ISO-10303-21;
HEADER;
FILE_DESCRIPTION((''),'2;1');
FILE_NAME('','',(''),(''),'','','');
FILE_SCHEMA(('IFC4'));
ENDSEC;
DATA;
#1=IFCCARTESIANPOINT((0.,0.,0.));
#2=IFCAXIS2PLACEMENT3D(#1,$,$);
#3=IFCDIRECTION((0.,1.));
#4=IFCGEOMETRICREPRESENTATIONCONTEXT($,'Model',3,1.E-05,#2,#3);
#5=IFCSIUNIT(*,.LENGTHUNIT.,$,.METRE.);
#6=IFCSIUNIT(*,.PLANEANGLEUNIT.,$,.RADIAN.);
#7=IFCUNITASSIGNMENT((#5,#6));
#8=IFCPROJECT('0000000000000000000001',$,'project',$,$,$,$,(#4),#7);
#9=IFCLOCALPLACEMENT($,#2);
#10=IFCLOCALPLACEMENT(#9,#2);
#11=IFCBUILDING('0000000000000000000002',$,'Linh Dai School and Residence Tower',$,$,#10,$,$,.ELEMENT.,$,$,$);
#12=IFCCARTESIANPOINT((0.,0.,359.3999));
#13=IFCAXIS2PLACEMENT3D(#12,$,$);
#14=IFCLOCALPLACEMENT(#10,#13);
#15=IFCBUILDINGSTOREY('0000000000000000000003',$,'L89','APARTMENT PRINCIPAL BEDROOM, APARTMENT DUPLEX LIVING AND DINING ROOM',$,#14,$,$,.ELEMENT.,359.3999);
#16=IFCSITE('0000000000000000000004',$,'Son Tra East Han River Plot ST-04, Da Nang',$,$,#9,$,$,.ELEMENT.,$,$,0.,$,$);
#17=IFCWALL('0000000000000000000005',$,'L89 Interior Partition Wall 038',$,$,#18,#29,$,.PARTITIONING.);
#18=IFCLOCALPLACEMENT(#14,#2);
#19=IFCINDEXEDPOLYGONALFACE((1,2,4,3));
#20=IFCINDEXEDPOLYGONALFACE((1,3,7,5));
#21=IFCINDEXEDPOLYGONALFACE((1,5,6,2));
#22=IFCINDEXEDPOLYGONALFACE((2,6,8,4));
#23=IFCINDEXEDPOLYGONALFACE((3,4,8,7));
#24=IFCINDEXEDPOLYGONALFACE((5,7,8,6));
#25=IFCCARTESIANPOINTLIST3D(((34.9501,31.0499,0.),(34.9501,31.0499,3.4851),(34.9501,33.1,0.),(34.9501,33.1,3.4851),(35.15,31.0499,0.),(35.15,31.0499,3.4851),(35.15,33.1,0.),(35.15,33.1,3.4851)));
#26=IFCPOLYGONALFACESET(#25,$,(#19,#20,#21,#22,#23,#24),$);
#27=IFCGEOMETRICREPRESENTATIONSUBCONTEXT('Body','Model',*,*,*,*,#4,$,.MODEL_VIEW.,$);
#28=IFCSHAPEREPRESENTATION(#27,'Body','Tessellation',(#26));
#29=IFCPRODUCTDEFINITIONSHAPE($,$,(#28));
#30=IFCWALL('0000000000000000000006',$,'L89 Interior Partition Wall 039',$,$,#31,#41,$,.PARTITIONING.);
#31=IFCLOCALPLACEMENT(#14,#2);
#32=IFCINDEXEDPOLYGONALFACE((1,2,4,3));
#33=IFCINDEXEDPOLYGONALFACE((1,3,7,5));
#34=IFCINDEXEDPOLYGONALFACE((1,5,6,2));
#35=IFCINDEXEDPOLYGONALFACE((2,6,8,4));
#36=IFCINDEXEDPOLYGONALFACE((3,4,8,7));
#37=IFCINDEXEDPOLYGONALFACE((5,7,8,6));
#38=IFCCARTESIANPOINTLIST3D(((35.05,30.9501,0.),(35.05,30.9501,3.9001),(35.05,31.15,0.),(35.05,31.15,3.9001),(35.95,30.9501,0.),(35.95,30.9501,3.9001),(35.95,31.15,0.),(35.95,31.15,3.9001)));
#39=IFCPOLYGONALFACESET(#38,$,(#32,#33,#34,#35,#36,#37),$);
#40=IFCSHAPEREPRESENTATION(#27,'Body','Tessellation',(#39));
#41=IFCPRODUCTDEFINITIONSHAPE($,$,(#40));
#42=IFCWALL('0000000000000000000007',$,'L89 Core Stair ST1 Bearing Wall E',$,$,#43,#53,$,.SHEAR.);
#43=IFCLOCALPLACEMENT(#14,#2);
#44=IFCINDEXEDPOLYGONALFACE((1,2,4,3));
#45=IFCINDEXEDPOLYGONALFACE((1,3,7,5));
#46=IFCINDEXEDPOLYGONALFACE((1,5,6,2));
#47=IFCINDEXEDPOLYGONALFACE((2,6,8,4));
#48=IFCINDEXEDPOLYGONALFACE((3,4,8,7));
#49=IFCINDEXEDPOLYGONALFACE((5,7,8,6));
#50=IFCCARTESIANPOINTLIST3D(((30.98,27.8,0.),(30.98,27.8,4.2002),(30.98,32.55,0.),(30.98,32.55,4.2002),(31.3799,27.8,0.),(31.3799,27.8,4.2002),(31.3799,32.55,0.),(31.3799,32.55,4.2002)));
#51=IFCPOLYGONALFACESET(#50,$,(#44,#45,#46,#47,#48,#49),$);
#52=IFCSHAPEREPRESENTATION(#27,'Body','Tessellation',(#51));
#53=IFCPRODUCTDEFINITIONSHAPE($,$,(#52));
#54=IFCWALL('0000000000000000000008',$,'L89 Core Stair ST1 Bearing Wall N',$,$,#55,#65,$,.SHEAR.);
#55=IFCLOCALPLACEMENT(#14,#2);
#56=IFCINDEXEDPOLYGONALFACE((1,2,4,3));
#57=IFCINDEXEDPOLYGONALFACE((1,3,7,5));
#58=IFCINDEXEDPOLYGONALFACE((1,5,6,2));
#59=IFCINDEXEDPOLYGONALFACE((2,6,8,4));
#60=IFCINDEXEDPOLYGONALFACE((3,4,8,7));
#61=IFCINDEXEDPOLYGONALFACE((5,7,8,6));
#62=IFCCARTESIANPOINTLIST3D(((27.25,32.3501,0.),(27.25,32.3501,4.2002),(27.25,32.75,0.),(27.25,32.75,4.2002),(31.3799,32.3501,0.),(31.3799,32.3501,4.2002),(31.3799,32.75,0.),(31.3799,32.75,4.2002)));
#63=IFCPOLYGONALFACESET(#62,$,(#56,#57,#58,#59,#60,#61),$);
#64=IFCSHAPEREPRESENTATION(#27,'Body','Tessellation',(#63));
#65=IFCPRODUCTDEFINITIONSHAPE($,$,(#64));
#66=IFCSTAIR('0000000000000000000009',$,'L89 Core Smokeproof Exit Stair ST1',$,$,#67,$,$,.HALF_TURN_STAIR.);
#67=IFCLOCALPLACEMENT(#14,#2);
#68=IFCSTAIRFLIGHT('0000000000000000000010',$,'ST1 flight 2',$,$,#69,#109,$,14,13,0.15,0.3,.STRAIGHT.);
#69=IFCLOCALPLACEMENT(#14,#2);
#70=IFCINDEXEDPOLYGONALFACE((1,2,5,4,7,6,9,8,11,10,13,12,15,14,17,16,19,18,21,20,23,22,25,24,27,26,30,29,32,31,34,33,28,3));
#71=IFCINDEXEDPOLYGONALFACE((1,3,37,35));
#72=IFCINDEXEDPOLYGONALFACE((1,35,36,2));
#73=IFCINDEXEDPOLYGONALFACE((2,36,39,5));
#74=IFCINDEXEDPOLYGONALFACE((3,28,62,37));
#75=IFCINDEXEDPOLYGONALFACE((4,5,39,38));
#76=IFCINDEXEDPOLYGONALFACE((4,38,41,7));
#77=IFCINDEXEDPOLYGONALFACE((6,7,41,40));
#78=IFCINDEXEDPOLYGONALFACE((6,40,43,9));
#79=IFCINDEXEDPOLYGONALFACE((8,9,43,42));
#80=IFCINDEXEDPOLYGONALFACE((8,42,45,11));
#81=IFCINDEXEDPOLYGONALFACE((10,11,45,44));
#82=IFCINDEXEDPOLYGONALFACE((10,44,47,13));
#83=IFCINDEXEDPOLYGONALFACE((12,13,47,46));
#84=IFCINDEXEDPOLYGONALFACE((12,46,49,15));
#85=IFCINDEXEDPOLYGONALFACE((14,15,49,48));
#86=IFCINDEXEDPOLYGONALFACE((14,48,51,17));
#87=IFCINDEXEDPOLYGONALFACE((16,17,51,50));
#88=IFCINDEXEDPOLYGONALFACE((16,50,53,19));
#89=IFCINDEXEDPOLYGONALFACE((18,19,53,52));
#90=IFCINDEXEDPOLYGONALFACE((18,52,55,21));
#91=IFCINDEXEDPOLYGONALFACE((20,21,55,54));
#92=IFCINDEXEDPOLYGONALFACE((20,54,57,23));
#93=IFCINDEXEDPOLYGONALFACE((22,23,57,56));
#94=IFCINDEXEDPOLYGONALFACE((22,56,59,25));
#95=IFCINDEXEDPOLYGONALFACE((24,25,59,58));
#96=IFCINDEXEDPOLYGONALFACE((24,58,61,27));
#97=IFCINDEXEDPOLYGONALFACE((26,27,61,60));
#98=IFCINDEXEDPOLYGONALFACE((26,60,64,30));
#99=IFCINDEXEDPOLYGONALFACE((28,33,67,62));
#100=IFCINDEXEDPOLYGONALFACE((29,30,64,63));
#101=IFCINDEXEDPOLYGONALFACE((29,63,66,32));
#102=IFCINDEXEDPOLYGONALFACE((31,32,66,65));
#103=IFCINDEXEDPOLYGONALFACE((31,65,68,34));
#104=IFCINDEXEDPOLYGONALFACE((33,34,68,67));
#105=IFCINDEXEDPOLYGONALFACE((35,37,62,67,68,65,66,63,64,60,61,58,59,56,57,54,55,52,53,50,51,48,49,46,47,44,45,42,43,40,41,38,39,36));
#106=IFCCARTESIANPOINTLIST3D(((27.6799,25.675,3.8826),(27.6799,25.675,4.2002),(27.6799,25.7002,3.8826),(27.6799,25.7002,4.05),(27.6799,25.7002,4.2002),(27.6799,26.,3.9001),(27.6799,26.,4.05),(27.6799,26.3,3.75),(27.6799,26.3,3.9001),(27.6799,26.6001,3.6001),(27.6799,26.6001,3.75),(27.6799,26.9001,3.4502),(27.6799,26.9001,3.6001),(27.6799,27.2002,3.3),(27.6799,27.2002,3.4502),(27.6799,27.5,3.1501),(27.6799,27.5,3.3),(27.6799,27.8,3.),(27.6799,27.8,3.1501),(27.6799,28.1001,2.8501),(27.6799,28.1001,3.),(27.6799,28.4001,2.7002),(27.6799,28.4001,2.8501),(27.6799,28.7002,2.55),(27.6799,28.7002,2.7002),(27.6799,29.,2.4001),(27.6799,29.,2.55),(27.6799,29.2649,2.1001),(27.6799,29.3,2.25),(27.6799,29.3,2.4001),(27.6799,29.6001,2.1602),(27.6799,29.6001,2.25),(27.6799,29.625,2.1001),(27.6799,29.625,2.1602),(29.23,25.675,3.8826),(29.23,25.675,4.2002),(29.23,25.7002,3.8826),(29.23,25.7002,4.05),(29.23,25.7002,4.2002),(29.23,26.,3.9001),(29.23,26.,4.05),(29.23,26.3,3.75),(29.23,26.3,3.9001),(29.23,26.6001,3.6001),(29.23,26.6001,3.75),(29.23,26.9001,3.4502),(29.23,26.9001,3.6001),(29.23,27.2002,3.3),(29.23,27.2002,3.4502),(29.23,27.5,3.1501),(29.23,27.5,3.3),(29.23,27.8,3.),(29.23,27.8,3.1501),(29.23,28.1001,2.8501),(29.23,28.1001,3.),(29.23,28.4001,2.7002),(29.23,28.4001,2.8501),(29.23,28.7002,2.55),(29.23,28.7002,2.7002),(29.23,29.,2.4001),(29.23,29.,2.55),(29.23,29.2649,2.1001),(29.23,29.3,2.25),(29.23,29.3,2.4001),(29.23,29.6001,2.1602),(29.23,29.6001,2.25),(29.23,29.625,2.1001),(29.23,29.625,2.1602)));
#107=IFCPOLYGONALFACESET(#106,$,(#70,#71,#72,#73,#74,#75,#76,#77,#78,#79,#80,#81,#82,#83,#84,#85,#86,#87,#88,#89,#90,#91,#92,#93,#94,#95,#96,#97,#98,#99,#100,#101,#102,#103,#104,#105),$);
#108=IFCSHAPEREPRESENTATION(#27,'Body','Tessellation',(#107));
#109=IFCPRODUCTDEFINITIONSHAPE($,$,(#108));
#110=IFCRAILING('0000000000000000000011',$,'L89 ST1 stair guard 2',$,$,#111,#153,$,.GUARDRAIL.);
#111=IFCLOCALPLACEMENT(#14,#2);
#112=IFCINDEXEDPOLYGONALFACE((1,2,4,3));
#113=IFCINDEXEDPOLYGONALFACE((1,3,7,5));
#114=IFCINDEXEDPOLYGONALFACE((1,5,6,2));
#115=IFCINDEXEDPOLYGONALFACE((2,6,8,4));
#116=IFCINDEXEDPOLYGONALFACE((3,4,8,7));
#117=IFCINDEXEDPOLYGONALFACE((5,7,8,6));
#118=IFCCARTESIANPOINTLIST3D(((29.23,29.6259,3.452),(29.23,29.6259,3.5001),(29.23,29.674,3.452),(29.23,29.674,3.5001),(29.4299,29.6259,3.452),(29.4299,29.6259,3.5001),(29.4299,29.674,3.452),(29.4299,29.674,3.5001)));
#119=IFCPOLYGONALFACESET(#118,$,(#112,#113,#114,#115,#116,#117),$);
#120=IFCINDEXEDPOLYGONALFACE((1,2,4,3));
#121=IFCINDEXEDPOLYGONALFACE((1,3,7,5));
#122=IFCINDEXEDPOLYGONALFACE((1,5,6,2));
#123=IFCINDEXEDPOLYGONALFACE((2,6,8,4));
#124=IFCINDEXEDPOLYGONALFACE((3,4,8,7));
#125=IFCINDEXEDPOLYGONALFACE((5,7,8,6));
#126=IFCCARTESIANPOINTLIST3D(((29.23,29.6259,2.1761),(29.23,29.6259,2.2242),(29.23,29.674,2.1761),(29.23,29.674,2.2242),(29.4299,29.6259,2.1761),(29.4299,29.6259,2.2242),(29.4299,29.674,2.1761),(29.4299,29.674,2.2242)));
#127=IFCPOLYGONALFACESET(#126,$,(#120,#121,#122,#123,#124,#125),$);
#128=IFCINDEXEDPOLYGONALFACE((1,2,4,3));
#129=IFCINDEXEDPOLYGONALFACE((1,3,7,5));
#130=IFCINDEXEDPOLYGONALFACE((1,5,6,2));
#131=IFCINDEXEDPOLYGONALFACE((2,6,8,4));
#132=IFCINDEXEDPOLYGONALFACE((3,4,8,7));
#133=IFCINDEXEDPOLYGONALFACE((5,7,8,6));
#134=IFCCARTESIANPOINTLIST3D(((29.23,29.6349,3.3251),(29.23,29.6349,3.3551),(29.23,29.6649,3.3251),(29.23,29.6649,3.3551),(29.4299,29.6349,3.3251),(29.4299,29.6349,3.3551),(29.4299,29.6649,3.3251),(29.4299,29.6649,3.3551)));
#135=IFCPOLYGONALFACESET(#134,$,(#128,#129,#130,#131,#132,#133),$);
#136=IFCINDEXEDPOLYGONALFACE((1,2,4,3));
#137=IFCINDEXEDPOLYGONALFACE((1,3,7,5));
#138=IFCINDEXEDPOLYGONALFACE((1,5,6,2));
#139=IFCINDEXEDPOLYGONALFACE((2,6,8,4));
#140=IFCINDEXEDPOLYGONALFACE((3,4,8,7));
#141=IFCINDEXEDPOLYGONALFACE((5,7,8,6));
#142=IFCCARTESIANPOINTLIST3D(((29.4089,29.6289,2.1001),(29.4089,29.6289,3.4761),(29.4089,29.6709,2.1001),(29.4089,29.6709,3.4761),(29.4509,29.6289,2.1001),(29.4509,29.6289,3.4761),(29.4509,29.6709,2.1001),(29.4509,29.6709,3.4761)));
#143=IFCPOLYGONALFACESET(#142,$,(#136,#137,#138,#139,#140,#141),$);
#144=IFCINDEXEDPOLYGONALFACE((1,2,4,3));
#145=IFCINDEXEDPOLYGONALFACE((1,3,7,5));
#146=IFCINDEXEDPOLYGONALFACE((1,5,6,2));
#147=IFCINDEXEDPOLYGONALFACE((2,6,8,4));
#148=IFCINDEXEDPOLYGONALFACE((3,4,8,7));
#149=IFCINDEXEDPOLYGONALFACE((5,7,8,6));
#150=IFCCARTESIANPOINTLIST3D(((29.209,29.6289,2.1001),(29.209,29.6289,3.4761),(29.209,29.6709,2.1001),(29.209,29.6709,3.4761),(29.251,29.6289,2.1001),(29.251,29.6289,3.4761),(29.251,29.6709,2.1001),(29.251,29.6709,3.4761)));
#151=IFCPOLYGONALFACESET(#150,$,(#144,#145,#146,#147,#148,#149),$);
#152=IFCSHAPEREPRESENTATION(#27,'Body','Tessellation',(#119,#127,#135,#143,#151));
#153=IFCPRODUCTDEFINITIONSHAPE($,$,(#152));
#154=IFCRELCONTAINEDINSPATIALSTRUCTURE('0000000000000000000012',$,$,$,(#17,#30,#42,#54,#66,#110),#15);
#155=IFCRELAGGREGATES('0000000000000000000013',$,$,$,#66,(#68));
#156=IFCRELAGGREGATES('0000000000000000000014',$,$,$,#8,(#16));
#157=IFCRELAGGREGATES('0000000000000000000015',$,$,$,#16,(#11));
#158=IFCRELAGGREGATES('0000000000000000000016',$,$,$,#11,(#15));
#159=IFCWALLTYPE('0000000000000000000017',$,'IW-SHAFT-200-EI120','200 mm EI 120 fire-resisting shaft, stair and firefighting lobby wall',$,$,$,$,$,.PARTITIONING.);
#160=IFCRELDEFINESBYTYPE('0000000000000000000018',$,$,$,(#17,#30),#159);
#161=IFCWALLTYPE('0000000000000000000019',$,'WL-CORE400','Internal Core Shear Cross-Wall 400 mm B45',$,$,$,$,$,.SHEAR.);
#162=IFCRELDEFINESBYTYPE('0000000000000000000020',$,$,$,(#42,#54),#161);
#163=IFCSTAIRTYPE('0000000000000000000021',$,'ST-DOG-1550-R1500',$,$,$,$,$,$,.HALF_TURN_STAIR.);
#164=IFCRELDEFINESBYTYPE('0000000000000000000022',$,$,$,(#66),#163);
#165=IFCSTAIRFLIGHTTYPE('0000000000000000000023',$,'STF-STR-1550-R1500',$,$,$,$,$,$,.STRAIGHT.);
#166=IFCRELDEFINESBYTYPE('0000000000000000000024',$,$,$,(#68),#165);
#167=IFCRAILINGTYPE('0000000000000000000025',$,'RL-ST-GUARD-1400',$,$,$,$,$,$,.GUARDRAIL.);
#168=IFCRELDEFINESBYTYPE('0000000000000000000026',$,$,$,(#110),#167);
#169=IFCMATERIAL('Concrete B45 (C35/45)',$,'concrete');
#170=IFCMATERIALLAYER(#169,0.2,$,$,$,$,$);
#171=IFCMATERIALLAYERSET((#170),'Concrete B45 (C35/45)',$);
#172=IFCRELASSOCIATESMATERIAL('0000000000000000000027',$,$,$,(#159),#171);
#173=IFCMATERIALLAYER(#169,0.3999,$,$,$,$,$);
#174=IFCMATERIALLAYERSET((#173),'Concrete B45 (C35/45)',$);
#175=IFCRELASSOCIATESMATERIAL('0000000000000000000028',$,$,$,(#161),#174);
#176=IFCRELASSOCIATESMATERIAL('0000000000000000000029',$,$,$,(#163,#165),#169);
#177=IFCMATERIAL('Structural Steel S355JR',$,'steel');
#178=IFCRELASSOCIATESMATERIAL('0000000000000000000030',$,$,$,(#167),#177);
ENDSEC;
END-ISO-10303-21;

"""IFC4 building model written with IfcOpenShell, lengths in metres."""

from ifc_helpers import new_model, si_unit, direction, frame, frame_2d, origin, origin_2d, place, context, subcontext, project, spatial, polyline, rectangle, outline, extrude, source, transform, mapped, material, layer, layer_set, type_object, element, aggregate, save


model = new_model("IFC4")

# Units and contexts
model_context = context("Model", 3, precision=1e-05, world=origin(), true_north=direction((0.0, 1.0)))
body_context = subcontext(model_context, "Body", "Model", "MODEL_VIEW")
ifc_project = project(units=[si_unit("LENGTHUNIT", "METRE"), si_unit("PLANEANGLEUNIT", "RADIAN")], contexts=[model_context])

# Site, building, storey
site_placement = place(None, origin())
site = spatial("IfcSite", under=ifc_project, at=site_placement, Name="Son Tra East Han River Plot ST-04, Da Nang", CompositionType="ELEMENT", RefElevation=0.0)
building_placement = place(site_placement, origin())
building = spatial("IfcBuilding", under=site, at=building_placement, Name="Linh Dai School and Residence Tower", CompositionType="ELEMENT")
storey_placement = place(building_placement, frame((0.0, 0.0, 359.3999)))
storey = spatial("IfcBuildingStorey", under=building, at=storey_placement, Name="L89", Description="APARTMENT PRINCIPAL BEDROOM, APARTMENT DUPLEX LIVING AND DINING ROOM", CompositionType="ELEMENT", Elevation=359.3999)

# Shared definitions
ifc_material_1 = material(Name="Structural Steel S355JR", Category="steel")

# Shared definitions
ifc_material_2 = material(Name="Concrete B45 (C35/45)", Category="concrete")
ifc_layer_1 = layer(ifc_material_2, 0.2)
ifc_layer_set_1 = layer_set([ifc_layer_1], Name="Concrete B45 (C35/45)")
wall_type_1 = type_object("IfcWallType", Name="IW-SHAFT-200-EI120", Description="200 mm EI 120 fire-resisting shaft, stair and firefighting lobby wall", PredefinedType="PARTITIONING", material=ifc_layer_set_1)

# Walls
wall_1_placement = place(storey_placement, frame((35.05, 31.05, 0.0), z_axis=(0.0, 0.0, 1.0), x_axis=(0.0, 1.0, 0.0)))
element("IfcWall", 1, at=wall_1_placement, inside=storey, type_object=wall_type_1, Name="L89 Interior Partition Wall 038", PredefinedType="PARTITIONING", context=body_context, shape_type="SweptSolid", body=[
    extrude(rectangle(XDim=2.05, YDim=0.2, at=frame_2d((1.0249, 0.0))), origin(), (0.0, 0.0, 1.0), 3.4851),
])
wall_2_placement = place(storey_placement, frame((35.05, 31.05, 0.0), z_axis=(0.0, 0.0, 1.0), x_axis=(1.0, 0.0, 0.0)))
element("IfcWall", 2, at=wall_2_placement, inside=storey, type_object=wall_type_1, Name="L89 Interior Partition Wall 039", PredefinedType="PARTITIONING", context=body_context, shape_type="SweptSolid", body=[
    extrude(rectangle(XDim=0.8999, YDim=0.2, at=frame_2d((0.45, 0.0))), origin(), (0.0, 0.0, 1.0), 3.9001),
])
ifc_layer_2 = layer(ifc_material_2, 0.3999)
ifc_layer_set_2 = layer_set([ifc_layer_2], Name="Concrete B45 (C35/45)")
wall_type_2 = type_object("IfcWallType", Name="WL-CORE400", Description="Internal Core Shear Cross-Wall 400 mm B45", PredefinedType="SHEAR", material=ifc_layer_set_2)
wall_3_placement = place(storey_placement, frame((31.1799, 27.8, 0.0), z_axis=(0.0, 0.0, 1.0), x_axis=(0.0, 1.0, 0.0)))
element("IfcWall", 3, at=wall_3_placement, inside=storey, type_object=wall_type_2, Name="L89 Core Stair ST1 Bearing Wall E", PredefinedType="SHEAR", context=body_context, shape_type="SweptSolid", body=[
    extrude(rectangle(XDim=4.75, YDim=0.3999, at=frame_2d((2.375, 0.0))), origin(), (0.0, 0.0, 1.0), 4.2002),
])
wall_4_placement = place(storey_placement, frame((27.25, 32.55, 0.0), z_axis=(0.0, 0.0, 1.0), x_axis=(1.0, 0.0, 0.0)))
element("IfcWall", 4, at=wall_4_placement, inside=storey, type_object=wall_type_2, Name="L89 Core Stair ST1 Bearing Wall N", PredefinedType="SHEAR", context=body_context, shape_type="SweptSolid", body=[
    extrude(rectangle(XDim=4.1299, YDim=0.3999, at=frame_2d((2.0649, 0.0))), origin(), (0.0, 0.0, 1.0), 4.2002),
])

# Stair, stair flight
stair_type = type_object("IfcStairType", Name="ST-DOG-1550-R1500", PredefinedType="HALF_TURN_STAIR", material=ifc_material_2)
stair_placement = place(storey_placement, origin())
stair = element("IfcStair", 5, at=stair_placement, inside=storey, type_object=stair_type, Name="L89 Core Smokeproof Exit Stair ST1", PredefinedType="HALF_TURN_STAIR")
stair_flight_type = type_object("IfcStairFlightType", Name="STF-STR-1550-R1500", PredefinedType="STRAIGHT", material=ifc_material_2)
shared_shape_1 = source(origin(), body_context, "Body", "SweptSolid", [
    extrude(outline(polyline([(-0.0249, 0.0), (-0.0249, 0.0601), (0.0, 0.0601), (0.0, 0.1499), (0.3, 0.1499), (0.3, 0.3), (0.6001, 0.3), (0.6001, 0.45), (0.8999, 0.45), (0.8999, 0.6001), (1.2, 0.6001), (1.2, 0.75), (1.5, 0.75), (1.5, 0.8999), (1.8, 0.8999), (1.8, 1.05), (2.1001, 1.05), (2.1001, 1.2), (2.3999, 1.2), (2.3999, 1.3501), (2.7, 1.3501), (2.7, 1.5), (3.0, 1.5), (3.0, 1.6499), (3.3, 1.6499), (3.3, 1.8), (3.6001, 1.8), (3.6001, 1.95), (3.8999, 1.95), (3.8999, 2.1001), (3.925, 2.1001), (3.925, 1.7825), (3.8999, 1.7825), (0.3352, 0.0), (-0.0249, 0.0)])), frame((0.0, 0.7749, 0.0), z_axis=(0.0, -1.0, 0.0), x_axis=(1.0, 0.0, 0.0)), (0.0, 0.0, 1.0), 1.55),
])
stair_flight_placement = place(storey_placement, frame((28.4551, 29.6001, 2.1001), z_axis=(0.0, 0.0, 1.0), x_axis=(0.0, -1.0, 0.0)))
stair_flight = element("IfcStairFlight", 6, at=stair_flight_placement, type_object=stair_flight_type, Name="ST1 flight 2", NumberOfRisers=14, NumberOfTreads=13, PredefinedType="STRAIGHT", RiserHeight=0.15, TreadLength=0.3, context=body_context, shape_type="MappedRepresentation", body=[
    mapped(shared_shape_1, transform((0.0, 0.0, 0.0), x_axis=(1.0, 0.0, 0.0), y_axis=(0.0, 1.0, 0.0), z_axis=(0.0, 0.0, 1.0), scale=1.0)),
])
aggregate(stair, [stair_flight])

# Railing
railing_type_1 = type_object("IfcRailingType", Name="RL-ST-GUARD-1400", PredefinedType="GUARDRAIL", material=ifc_material_1)
shared_shape_2 = source(origin(), body_context, "Body", "SweptSolid", [
    extrude(rectangle(XDim=0.0481, YDim=0.0481, at=origin_2d()), frame((0.0, 0.0, 1.376), z_axis=(-1.0, 0.0, 0.0), x_axis=(0.0, -1.0, 0.0)), (0.0, 0.0, 1.0), 0.2),
    extrude(rectangle(XDim=0.0481, YDim=0.0481, at=origin_2d()), frame((0.0, 0.0, 0.1001), z_axis=(-1.0, 0.0, 0.0), x_axis=(0.0, -1.0, 0.0)), (0.0, 0.0, 1.0), 0.2),
    extrude(rectangle(XDim=0.03, YDim=0.03, at=origin_2d()), frame((0.0, 0.0, 1.24), z_axis=(-1.0, 0.0, 0.0), x_axis=(0.0, -1.0, 0.0)), (0.0, 0.0, 1.0), 0.2),
    extrude(rectangle(XDim=0.042, YDim=0.042, at=origin_2d()), origin(), (0.0, 0.0, 1.0), 1.376),
    extrude(rectangle(XDim=0.042, YDim=0.042, at=origin_2d()), frame((-0.2, 0.0, 0.0)), (0.0, 0.0, 1.0), 1.376),
])
railing_1_placement = place(storey_placement, frame((29.4299, 29.6499, 2.1001)))
element("IfcRailing", 7, at=railing_1_placement, inside=storey, type_object=railing_type_1, Name="L89 ST1 stair guard 2", PredefinedType="GUARDRAIL", context=body_context, shape_type="MappedRepresentation", body=[
    mapped(shared_shape_2, transform((0.0, 0.0, 0.0), x_axis=(1.0, 0.0, 0.0), y_axis=(0.0, 1.0, 0.0), z_axis=(0.0, 0.0, 1.0), scale=1.0)),
])

save(model, "model.ifc")
